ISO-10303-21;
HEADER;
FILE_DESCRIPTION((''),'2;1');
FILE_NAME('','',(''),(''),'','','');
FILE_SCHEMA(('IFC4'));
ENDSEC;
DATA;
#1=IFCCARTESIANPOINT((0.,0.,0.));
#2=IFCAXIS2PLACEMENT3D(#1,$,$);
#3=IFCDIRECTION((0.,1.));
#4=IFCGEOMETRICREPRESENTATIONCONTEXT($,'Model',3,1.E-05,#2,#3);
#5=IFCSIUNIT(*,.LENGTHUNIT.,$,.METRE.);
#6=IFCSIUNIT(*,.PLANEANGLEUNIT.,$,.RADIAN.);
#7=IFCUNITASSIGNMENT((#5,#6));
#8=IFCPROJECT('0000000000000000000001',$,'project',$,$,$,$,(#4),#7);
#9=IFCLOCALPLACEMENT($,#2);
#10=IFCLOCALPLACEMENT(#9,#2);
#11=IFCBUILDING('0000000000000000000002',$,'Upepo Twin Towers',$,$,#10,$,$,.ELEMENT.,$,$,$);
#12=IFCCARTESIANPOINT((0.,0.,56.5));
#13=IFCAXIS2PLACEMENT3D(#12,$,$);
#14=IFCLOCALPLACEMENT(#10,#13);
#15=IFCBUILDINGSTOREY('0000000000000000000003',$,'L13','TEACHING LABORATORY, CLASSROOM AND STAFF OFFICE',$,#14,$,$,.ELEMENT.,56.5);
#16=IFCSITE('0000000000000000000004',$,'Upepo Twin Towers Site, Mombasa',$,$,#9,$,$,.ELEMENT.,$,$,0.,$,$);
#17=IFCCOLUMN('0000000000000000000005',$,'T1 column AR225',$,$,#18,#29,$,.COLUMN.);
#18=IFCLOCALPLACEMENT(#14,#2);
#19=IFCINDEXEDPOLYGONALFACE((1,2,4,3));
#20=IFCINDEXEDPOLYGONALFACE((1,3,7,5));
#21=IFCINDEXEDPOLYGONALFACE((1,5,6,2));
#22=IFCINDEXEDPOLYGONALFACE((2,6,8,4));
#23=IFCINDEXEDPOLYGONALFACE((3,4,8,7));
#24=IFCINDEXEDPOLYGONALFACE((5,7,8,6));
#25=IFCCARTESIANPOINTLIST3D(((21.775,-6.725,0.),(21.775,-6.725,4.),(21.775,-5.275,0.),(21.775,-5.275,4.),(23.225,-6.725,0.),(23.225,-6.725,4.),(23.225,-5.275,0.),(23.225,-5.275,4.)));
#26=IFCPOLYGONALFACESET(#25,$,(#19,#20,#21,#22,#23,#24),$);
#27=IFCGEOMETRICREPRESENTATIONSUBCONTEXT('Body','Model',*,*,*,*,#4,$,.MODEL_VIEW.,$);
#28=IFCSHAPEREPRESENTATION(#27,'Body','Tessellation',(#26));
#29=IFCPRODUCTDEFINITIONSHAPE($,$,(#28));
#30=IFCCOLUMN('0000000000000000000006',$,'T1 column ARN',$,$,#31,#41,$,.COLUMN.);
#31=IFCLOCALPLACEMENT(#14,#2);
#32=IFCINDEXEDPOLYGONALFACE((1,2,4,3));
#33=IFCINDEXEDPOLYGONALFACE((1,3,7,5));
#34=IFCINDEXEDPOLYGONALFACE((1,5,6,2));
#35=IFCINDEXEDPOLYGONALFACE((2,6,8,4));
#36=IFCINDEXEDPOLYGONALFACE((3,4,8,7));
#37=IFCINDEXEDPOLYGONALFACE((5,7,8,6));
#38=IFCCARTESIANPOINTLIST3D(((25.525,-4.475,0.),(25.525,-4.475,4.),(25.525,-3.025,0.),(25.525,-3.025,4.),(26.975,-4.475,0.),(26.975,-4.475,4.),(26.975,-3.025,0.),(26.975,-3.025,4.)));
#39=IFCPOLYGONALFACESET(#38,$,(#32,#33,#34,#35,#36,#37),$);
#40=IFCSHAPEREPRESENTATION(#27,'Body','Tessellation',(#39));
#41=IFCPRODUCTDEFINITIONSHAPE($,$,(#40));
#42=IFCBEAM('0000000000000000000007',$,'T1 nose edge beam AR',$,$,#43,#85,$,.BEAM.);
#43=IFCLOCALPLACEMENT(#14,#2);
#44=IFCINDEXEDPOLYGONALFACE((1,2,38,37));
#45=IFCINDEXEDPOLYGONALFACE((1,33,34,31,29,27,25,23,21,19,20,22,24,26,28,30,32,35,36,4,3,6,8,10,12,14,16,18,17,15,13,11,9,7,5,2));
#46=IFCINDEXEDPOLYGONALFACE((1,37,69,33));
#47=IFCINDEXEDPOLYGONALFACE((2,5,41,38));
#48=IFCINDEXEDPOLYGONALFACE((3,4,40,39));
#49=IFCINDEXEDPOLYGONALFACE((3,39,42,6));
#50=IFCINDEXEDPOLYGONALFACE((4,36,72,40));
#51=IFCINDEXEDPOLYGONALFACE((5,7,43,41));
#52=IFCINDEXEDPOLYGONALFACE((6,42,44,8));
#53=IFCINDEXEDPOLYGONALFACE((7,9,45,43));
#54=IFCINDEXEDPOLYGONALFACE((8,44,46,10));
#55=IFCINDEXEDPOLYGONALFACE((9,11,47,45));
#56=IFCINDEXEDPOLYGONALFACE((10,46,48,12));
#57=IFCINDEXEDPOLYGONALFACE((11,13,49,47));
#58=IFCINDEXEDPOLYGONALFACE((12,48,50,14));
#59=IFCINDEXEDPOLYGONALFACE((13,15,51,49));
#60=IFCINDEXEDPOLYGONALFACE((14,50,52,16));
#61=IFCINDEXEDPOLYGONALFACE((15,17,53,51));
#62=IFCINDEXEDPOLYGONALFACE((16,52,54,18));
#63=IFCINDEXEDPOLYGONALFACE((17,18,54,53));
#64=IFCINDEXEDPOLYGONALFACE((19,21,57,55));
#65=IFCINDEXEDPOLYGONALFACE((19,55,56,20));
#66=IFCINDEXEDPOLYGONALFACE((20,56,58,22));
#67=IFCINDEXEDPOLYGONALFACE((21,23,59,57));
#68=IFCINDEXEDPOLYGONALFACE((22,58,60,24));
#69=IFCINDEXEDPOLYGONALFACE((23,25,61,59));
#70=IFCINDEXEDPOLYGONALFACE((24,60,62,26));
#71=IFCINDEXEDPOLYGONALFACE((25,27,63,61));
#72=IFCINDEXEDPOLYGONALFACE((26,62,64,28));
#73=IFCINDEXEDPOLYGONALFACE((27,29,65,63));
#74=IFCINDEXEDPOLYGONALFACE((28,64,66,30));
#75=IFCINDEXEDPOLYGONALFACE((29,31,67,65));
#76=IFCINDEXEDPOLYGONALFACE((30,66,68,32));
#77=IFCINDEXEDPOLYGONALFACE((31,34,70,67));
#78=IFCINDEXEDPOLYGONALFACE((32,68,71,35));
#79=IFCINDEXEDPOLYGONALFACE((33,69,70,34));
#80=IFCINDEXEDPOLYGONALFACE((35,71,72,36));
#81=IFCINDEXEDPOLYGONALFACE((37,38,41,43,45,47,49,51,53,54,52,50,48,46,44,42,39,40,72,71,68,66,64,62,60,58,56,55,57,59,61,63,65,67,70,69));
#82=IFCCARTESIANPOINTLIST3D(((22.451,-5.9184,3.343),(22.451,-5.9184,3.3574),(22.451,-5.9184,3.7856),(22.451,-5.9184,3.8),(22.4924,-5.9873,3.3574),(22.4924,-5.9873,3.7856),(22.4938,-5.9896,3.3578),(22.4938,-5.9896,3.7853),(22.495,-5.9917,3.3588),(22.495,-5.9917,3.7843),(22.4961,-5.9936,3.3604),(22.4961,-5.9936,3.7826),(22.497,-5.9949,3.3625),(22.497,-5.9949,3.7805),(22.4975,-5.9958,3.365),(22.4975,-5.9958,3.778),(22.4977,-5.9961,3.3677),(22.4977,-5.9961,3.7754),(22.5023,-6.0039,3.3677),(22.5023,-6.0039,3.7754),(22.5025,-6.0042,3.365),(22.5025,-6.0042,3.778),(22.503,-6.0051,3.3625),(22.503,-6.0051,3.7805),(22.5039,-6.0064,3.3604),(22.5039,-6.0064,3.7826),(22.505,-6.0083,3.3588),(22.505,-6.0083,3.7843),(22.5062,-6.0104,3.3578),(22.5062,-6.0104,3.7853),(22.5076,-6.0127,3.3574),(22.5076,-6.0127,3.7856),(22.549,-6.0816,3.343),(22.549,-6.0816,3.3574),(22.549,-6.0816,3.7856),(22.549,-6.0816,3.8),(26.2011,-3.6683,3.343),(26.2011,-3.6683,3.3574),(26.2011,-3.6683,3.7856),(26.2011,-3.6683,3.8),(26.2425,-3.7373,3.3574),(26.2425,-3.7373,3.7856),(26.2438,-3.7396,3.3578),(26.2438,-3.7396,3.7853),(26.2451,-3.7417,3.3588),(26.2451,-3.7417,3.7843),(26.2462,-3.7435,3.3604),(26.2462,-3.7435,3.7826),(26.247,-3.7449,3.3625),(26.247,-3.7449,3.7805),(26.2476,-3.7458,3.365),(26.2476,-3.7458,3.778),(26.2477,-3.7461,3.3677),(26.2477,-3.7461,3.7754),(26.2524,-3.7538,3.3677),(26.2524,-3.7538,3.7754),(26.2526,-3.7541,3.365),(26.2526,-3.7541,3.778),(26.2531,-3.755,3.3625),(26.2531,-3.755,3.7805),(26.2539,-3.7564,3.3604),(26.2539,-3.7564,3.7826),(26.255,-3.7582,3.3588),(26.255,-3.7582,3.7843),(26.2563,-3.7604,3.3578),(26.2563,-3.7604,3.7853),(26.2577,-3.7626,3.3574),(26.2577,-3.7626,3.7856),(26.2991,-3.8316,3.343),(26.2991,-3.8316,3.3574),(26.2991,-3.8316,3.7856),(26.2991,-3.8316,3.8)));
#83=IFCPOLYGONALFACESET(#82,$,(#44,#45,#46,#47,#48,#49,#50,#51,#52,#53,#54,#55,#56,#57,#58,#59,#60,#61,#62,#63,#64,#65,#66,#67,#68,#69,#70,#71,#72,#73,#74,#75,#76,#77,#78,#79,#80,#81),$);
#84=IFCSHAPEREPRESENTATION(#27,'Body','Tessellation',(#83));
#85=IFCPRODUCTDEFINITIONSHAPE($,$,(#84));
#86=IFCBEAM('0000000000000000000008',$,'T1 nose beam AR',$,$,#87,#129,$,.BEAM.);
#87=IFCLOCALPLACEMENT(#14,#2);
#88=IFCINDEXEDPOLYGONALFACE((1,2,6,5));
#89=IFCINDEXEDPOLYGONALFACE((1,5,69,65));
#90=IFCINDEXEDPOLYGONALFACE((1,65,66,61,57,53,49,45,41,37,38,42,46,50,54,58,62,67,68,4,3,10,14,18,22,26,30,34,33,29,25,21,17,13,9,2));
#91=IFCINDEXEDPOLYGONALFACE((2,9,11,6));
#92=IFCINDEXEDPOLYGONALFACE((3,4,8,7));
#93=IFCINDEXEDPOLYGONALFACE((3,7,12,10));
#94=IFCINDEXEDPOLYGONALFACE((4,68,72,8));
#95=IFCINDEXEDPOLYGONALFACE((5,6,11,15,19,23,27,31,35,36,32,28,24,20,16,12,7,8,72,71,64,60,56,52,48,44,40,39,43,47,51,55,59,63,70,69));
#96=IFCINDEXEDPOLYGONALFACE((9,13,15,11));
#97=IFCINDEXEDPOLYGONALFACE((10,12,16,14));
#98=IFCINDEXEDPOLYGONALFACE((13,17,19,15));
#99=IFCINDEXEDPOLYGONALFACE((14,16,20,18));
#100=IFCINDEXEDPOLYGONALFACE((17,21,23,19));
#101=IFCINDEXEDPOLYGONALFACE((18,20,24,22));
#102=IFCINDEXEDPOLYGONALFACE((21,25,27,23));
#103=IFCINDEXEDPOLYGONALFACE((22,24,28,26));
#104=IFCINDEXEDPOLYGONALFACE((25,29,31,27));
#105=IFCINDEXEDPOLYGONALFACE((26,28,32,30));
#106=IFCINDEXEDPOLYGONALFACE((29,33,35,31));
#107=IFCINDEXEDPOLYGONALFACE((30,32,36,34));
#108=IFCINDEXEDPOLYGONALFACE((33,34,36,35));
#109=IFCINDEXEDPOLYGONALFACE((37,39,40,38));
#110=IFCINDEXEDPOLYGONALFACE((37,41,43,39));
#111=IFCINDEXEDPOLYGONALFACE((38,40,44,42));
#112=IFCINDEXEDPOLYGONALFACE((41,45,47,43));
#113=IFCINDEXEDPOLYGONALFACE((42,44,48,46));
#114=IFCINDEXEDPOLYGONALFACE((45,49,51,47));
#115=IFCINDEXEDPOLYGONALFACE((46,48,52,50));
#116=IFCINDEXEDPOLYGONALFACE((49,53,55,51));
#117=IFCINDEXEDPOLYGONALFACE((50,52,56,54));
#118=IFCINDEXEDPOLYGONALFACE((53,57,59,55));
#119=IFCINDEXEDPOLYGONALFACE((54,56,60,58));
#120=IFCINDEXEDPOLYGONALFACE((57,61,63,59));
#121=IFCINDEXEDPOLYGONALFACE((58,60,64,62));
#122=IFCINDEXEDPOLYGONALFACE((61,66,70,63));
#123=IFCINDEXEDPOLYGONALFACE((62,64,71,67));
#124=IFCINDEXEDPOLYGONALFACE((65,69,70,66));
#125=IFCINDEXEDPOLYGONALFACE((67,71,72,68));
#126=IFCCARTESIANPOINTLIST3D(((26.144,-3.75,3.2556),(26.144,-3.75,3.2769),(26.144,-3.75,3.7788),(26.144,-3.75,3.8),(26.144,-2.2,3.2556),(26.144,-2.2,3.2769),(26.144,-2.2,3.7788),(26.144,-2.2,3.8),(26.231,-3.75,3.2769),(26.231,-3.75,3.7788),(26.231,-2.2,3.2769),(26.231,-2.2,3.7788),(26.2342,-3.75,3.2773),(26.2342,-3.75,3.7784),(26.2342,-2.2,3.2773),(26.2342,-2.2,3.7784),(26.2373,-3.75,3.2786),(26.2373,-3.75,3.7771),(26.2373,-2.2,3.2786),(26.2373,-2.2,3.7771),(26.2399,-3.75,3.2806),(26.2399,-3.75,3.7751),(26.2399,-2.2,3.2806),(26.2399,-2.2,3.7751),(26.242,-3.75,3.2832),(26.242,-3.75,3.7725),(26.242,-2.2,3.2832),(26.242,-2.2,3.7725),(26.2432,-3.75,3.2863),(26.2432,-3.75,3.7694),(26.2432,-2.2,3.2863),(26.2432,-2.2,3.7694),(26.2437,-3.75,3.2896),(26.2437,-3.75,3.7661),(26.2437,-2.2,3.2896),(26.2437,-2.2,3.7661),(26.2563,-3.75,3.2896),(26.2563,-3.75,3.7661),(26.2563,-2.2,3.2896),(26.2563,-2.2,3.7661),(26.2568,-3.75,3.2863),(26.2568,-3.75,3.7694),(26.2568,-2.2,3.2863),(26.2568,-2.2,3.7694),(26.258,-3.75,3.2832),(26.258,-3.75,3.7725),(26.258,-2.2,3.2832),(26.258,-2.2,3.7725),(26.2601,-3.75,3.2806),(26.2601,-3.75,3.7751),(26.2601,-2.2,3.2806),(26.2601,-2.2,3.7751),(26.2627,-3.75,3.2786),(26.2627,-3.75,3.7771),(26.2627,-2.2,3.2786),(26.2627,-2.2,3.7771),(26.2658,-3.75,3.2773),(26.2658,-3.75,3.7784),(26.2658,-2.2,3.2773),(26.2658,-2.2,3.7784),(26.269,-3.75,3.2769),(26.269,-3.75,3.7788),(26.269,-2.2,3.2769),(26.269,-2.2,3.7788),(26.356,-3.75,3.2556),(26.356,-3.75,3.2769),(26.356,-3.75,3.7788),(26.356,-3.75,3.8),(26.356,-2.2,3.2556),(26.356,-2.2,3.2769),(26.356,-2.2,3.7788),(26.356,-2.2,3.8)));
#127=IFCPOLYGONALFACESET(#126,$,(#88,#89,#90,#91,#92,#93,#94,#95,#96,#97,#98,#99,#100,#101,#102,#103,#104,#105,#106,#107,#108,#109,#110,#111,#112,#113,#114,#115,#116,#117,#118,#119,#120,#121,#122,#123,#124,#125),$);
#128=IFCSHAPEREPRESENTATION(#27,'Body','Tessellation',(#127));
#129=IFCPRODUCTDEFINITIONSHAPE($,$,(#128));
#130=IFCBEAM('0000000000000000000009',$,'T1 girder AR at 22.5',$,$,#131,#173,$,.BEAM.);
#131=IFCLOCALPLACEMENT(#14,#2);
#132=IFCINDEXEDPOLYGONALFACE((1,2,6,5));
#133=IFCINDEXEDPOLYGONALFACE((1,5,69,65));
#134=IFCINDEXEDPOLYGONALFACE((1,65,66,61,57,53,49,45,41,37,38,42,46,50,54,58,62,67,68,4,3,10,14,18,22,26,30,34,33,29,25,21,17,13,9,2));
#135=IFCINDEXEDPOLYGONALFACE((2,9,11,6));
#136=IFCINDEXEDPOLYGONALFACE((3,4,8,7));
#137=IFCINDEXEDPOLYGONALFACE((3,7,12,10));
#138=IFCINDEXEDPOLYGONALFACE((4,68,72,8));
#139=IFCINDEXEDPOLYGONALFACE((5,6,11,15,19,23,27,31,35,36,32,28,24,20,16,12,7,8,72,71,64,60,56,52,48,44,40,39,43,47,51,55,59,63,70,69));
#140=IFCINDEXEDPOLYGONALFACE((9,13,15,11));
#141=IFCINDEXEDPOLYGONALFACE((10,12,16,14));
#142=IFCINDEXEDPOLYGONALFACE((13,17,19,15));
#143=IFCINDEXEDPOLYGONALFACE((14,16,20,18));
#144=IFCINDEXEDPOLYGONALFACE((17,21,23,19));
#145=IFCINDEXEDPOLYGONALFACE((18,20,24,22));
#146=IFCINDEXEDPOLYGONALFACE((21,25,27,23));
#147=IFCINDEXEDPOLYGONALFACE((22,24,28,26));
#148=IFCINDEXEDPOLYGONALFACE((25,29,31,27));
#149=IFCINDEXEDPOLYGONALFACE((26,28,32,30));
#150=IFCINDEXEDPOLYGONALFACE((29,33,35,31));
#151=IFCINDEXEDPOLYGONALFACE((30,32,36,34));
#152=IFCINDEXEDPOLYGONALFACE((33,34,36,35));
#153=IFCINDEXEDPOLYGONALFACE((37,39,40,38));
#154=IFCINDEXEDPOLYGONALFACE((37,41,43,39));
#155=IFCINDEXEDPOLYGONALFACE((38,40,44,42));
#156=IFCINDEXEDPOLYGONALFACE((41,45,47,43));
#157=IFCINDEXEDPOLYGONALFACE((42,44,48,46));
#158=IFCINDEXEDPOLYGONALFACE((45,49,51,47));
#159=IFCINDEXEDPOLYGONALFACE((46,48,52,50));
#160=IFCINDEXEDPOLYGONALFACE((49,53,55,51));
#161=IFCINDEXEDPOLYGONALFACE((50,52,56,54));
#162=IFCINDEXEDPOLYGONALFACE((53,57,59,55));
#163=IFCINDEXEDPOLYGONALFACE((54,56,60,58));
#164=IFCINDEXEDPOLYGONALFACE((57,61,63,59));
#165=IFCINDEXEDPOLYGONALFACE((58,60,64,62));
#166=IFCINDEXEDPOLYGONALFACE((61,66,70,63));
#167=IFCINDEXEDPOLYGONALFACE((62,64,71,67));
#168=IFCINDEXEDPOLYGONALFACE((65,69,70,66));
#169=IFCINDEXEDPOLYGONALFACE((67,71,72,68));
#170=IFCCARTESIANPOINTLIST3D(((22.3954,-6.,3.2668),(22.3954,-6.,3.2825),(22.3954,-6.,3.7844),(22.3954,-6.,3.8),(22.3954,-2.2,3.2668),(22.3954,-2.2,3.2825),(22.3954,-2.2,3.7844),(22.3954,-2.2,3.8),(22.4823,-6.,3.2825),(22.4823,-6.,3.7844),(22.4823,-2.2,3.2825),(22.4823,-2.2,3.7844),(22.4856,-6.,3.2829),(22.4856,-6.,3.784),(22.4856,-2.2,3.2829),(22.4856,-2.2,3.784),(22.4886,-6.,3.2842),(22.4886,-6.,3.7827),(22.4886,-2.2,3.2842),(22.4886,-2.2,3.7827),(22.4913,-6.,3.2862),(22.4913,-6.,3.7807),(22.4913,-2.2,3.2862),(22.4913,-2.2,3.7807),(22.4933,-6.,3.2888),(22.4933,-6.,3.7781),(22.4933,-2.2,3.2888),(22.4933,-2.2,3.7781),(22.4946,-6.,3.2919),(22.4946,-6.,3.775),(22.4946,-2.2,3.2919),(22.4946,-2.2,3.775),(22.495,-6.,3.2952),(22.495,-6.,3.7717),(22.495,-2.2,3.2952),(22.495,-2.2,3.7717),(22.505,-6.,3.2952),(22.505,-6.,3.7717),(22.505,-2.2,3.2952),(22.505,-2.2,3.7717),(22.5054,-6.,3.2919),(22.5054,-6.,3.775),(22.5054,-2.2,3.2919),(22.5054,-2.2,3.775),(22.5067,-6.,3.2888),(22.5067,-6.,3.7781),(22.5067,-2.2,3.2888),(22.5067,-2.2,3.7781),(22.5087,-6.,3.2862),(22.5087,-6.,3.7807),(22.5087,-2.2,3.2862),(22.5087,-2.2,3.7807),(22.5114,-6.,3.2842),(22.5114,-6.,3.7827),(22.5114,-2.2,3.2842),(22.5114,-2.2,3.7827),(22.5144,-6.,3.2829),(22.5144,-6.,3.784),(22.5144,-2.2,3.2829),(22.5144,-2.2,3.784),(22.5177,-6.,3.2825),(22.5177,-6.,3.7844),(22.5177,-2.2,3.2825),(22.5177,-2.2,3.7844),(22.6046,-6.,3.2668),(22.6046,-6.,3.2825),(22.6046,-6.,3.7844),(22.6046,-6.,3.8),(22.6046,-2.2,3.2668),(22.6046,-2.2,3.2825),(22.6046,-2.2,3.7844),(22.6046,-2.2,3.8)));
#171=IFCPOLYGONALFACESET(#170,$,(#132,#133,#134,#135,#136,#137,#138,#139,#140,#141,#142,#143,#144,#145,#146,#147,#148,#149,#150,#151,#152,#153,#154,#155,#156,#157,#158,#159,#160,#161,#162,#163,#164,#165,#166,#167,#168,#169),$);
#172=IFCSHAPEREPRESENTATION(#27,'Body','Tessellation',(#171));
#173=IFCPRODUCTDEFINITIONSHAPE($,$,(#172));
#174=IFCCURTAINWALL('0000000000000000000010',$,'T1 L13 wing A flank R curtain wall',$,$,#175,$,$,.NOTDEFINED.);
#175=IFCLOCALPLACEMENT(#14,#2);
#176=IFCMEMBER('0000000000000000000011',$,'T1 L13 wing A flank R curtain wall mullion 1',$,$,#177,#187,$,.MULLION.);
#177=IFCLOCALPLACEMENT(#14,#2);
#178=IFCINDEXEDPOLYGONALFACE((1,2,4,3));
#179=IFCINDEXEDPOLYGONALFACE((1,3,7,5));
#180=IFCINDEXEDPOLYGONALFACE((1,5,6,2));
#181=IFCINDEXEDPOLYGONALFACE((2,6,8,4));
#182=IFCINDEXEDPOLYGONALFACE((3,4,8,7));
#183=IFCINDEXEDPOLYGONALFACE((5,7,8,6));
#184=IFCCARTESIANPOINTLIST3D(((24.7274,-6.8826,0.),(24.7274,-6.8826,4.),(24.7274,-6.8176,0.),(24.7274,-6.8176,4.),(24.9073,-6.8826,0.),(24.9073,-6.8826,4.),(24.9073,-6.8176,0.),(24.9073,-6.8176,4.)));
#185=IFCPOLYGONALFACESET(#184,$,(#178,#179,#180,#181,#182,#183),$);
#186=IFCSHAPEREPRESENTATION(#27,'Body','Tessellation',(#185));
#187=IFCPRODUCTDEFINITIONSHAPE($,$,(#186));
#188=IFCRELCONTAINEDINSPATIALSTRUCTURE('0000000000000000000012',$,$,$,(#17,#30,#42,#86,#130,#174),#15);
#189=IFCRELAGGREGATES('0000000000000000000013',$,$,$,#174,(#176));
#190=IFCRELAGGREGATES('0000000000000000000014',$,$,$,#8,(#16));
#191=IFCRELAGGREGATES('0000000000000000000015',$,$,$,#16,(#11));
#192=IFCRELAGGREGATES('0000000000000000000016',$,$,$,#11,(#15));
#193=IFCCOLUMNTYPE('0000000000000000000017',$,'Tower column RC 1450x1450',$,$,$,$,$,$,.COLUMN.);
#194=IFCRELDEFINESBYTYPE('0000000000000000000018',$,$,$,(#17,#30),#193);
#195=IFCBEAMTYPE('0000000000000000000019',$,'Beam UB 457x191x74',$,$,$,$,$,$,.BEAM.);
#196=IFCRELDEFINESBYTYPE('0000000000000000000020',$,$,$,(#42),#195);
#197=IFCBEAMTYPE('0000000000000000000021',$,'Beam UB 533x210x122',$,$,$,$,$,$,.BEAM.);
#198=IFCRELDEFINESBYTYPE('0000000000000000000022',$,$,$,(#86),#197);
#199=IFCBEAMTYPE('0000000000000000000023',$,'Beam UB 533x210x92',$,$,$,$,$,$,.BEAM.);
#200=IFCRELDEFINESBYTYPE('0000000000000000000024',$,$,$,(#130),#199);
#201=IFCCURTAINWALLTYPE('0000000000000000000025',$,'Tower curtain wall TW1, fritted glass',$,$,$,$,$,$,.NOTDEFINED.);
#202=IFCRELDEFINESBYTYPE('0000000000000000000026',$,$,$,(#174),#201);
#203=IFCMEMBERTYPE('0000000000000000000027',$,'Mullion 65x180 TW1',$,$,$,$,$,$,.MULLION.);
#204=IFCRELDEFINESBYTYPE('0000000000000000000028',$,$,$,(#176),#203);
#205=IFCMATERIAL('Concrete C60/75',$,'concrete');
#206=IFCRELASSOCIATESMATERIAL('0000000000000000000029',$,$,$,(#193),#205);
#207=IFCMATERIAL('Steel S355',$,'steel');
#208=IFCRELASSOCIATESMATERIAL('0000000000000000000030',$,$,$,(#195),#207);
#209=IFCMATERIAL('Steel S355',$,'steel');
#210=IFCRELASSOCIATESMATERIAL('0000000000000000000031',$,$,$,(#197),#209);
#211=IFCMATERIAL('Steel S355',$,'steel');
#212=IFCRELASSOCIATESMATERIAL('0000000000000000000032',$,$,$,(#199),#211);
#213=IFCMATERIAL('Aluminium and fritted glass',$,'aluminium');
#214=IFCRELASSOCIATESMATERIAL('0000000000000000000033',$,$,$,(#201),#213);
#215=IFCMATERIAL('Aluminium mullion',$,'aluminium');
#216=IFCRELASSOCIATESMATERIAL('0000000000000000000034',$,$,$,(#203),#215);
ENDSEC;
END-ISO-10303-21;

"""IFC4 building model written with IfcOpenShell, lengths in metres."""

from ifc_helpers import new_model, si_unit, direction, frame, origin, origin_2d, place, context, subcontext, project, spatial, rectangle, i_section, extrude, material, material_profile, profile_set, type_object, element, aggregate, save


model = new_model("IFC4")

# Units and contexts
model_context = context("Model", 3, precision=1e-05, world=origin(), true_north=direction((0.0, 1.0)))
body_context = subcontext(model_context, "Body", "Model", "MODEL_VIEW")
ifc_project = project(units=[si_unit("LENGTHUNIT", "METRE"), si_unit("PLANEANGLEUNIT", "RADIAN")], contexts=[model_context])

# Site, building, storey
site_placement = place(None, origin())
site = spatial("IfcSite", under=ifc_project, at=site_placement, Name="Upepo Twin Towers Site, Mombasa", CompositionType="ELEMENT", RefElevation=0.0)
building_placement = place(site_placement, origin())
building = spatial("IfcBuilding", under=site, at=building_placement, Name="Upepo Twin Towers", CompositionType="ELEMENT")
storey_placement = place(building_placement, frame((0.0, 0.0, 56.5)))
storey = spatial("IfcBuildingStorey", under=building, at=storey_placement, Name="L13", Description="TEACHING LABORATORY, CLASSROOM AND STAFF OFFICE", CompositionType="ELEMENT", Elevation=56.5)

# Columns
ifc_material_1 = material(Name="Concrete C60/75", Category="concrete")
ifc_material_profile_1 = material_profile(ifc_material_1, rectangle(XDim=1.45, YDim=1.45, at=origin_2d()), Name="RC 1450x1450")
ifc_profile_set_1 = profile_set([ifc_material_profile_1], Name="Concrete C60/75")
column_type = type_object("IfcColumnType", Name="Tower column RC 1450x1450", PredefinedType="COLUMN", material=ifc_profile_set_1)
for number, where, z_axis, x_axis, name in (
    (1, (22.5, -6.0, 0.0), (0.0, 0.0, 1.0), (1.0, 0.0, 0.0), "T1 column AR225"),
    (2, (26.25, -3.75, 0.0), (0.0, 0.0, 1.0), (1.0, 0.0, 0.0), "T1 column ARN"),
):
    element("IfcColumn", number, at=place(storey_placement, frame(where, z_axis=z_axis, x_axis=x_axis)), inside=storey, type_object=column_type, Name=name, PredefinedType="COLUMN", context=body_context, shape_type="SweptSolid", body=[
        extrude(rectangle(XDim=1.45, YDim=1.45, at=origin_2d()), origin(), (0.0, 0.0, 1.0), 4.0),
    ])

# Beams
ifc_material_2 = material(Name="Steel S355", Category="steel")
ifc_material_profile_2 = material_profile(ifc_material_2, i_section(OverallWidth=0.1904, OverallDepth=0.457, WebThickness=0.009, FlangeThickness=0.0144, FilletRadius=0.0103, at=origin_2d()), Name="UB 457x191x74")
ifc_profile_set_2 = profile_set([ifc_material_profile_2], Name="Steel S355")
beam_type_1 = type_object("IfcBeamType", Name="Beam UB 457x191x74", PredefinedType="BEAM", material=ifc_profile_set_2)
beam_1_placement = place(storey_placement, frame((22.5, -6.0, 3.5715), z_axis=(0.857493, 0.514496, 0.0), x_axis=(-0.514496, 0.857493, 0.0)))
element("IfcBeam", 3, at=beam_1_placement, inside=storey, type_object=beam_type_1, Name="T1 nose edge beam AR", PredefinedType="BEAM", context=body_context, shape_type="SweptSolid", body=[
    extrude(i_section(OverallWidth=0.1904, OverallDepth=0.457, WebThickness=0.009, FlangeThickness=0.0144, FilletRadius=0.0103, at=origin_2d()), origin(), (0.0, 0.0, 1.0), 4.3733),
])
ifc_material_3 = material(Name="Steel S355", Category="steel")
ifc_material_profile_3 = material_profile(ifc_material_3, i_section(OverallWidth=0.2119, OverallDepth=0.5444, WebThickness=0.0127, FlangeThickness=0.0212, FilletRadius=0.0127, at=origin_2d()), Name="UB 533x210x122")
ifc_profile_set_3 = profile_set([ifc_material_profile_3], Name="Steel S355")
beam_type_2 = type_object("IfcBeamType", Name="Beam UB 533x210x122", PredefinedType="BEAM", material=ifc_profile_set_3)
beam_2_placement = place(storey_placement, frame((26.25, -3.75, 3.5278), z_axis=(0.0, 1.0, 0.0), x_axis=(-1.0, 0.0, 0.0)))
element("IfcBeam", 4, at=beam_2_placement, inside=storey, type_object=beam_type_2, Name="T1 nose beam AR", PredefinedType="BEAM", context=body_context, shape_type="SweptSolid", body=[
    extrude(i_section(OverallWidth=0.2119, OverallDepth=0.5444, WebThickness=0.0127, FlangeThickness=0.0212, FilletRadius=0.0127, at=origin_2d()), origin(), (0.0, 0.0, 1.0), 1.55),
])
ifc_material_4 = material(Name="Steel S355", Category="steel")
ifc_material_profile_4 = material_profile(ifc_material_4, i_section(OverallWidth=0.2092, OverallDepth=0.5332, WebThickness=0.01, FlangeThickness=0.0156, FilletRadius=0.0127, at=origin_2d()), Name="UB 533x210x92")
ifc_profile_set_4 = profile_set([ifc_material_profile_4], Name="Steel S355")
beam_type_3 = type_object("IfcBeamType", Name="Beam UB 533x210x92", PredefinedType="BEAM", material=ifc_profile_set_4)
beam_3_placement = place(storey_placement, frame((22.5, -6.0, 3.5334), z_axis=(0.0, 1.0, 0.0), x_axis=(-1.0, 0.0, 0.0)))
element("IfcBeam", 5, at=beam_3_placement, inside=storey, type_object=beam_type_3, Name="T1 girder AR at 22.5", PredefinedType="BEAM", context=body_context, shape_type="SweptSolid", body=[
    extrude(i_section(OverallWidth=0.2092, OverallDepth=0.5332, WebThickness=0.01, FlangeThickness=0.0156, FilletRadius=0.0127, at=origin_2d()), origin(), (0.0, 0.0, 1.0), 3.8),
])

# Curtain wall, member
ifc_material_5 = material(Name="Aluminium and fritted glass", Category="aluminium")
curtain_wall_type = type_object("IfcCurtainWallType", Name="Tower curtain wall TW1, fritted glass", PredefinedType="NOTDEFINED", material=ifc_material_5)
curtain_wall_1_placement = place(storey_placement, origin())
curtain_wall_1 = element("IfcCurtainWall", 6, at=curtain_wall_1_placement, inside=storey, type_object=curtain_wall_type, Name="T1 L13 wing A flank R curtain wall", PredefinedType="NOTDEFINED")
ifc_material_6 = material(Name="Aluminium mullion", Category="aluminium")
ifc_material_profile_5 = material_profile(ifc_material_6, rectangle(XDim=0.0649, YDim=0.1799, at=origin_2d()), Name="MULLION 65x180")
ifc_profile_set_5 = profile_set([ifc_material_profile_5], Name="Aluminium mullion")
member_type_1 = type_object("IfcMemberType", Name="Mullion 65x180 TW1", PredefinedType="MULLION", material=ifc_profile_set_5)
member_1_placement = place(storey_placement, frame((24.8174, -6.8501, 0.0), z_axis=(0.0, 0.0, 1.0), x_axis=(0.0, -1.0, 0.0)))
member_1 = element("IfcMember", 7, at=member_1_placement, type_object=member_type_1, Name="T1 L13 wing A flank R curtain wall mullion 1", PredefinedType="MULLION", context=body_context, shape_type="SweptSolid", body=[
    extrude(rectangle(XDim=0.0649, YDim=0.1799, at=origin_2d()), origin(), (0.0, 0.0, 1.0), 4.0),
])

aggregate(curtain_wall_1, [member_1])

save(model, "model.ifc")
